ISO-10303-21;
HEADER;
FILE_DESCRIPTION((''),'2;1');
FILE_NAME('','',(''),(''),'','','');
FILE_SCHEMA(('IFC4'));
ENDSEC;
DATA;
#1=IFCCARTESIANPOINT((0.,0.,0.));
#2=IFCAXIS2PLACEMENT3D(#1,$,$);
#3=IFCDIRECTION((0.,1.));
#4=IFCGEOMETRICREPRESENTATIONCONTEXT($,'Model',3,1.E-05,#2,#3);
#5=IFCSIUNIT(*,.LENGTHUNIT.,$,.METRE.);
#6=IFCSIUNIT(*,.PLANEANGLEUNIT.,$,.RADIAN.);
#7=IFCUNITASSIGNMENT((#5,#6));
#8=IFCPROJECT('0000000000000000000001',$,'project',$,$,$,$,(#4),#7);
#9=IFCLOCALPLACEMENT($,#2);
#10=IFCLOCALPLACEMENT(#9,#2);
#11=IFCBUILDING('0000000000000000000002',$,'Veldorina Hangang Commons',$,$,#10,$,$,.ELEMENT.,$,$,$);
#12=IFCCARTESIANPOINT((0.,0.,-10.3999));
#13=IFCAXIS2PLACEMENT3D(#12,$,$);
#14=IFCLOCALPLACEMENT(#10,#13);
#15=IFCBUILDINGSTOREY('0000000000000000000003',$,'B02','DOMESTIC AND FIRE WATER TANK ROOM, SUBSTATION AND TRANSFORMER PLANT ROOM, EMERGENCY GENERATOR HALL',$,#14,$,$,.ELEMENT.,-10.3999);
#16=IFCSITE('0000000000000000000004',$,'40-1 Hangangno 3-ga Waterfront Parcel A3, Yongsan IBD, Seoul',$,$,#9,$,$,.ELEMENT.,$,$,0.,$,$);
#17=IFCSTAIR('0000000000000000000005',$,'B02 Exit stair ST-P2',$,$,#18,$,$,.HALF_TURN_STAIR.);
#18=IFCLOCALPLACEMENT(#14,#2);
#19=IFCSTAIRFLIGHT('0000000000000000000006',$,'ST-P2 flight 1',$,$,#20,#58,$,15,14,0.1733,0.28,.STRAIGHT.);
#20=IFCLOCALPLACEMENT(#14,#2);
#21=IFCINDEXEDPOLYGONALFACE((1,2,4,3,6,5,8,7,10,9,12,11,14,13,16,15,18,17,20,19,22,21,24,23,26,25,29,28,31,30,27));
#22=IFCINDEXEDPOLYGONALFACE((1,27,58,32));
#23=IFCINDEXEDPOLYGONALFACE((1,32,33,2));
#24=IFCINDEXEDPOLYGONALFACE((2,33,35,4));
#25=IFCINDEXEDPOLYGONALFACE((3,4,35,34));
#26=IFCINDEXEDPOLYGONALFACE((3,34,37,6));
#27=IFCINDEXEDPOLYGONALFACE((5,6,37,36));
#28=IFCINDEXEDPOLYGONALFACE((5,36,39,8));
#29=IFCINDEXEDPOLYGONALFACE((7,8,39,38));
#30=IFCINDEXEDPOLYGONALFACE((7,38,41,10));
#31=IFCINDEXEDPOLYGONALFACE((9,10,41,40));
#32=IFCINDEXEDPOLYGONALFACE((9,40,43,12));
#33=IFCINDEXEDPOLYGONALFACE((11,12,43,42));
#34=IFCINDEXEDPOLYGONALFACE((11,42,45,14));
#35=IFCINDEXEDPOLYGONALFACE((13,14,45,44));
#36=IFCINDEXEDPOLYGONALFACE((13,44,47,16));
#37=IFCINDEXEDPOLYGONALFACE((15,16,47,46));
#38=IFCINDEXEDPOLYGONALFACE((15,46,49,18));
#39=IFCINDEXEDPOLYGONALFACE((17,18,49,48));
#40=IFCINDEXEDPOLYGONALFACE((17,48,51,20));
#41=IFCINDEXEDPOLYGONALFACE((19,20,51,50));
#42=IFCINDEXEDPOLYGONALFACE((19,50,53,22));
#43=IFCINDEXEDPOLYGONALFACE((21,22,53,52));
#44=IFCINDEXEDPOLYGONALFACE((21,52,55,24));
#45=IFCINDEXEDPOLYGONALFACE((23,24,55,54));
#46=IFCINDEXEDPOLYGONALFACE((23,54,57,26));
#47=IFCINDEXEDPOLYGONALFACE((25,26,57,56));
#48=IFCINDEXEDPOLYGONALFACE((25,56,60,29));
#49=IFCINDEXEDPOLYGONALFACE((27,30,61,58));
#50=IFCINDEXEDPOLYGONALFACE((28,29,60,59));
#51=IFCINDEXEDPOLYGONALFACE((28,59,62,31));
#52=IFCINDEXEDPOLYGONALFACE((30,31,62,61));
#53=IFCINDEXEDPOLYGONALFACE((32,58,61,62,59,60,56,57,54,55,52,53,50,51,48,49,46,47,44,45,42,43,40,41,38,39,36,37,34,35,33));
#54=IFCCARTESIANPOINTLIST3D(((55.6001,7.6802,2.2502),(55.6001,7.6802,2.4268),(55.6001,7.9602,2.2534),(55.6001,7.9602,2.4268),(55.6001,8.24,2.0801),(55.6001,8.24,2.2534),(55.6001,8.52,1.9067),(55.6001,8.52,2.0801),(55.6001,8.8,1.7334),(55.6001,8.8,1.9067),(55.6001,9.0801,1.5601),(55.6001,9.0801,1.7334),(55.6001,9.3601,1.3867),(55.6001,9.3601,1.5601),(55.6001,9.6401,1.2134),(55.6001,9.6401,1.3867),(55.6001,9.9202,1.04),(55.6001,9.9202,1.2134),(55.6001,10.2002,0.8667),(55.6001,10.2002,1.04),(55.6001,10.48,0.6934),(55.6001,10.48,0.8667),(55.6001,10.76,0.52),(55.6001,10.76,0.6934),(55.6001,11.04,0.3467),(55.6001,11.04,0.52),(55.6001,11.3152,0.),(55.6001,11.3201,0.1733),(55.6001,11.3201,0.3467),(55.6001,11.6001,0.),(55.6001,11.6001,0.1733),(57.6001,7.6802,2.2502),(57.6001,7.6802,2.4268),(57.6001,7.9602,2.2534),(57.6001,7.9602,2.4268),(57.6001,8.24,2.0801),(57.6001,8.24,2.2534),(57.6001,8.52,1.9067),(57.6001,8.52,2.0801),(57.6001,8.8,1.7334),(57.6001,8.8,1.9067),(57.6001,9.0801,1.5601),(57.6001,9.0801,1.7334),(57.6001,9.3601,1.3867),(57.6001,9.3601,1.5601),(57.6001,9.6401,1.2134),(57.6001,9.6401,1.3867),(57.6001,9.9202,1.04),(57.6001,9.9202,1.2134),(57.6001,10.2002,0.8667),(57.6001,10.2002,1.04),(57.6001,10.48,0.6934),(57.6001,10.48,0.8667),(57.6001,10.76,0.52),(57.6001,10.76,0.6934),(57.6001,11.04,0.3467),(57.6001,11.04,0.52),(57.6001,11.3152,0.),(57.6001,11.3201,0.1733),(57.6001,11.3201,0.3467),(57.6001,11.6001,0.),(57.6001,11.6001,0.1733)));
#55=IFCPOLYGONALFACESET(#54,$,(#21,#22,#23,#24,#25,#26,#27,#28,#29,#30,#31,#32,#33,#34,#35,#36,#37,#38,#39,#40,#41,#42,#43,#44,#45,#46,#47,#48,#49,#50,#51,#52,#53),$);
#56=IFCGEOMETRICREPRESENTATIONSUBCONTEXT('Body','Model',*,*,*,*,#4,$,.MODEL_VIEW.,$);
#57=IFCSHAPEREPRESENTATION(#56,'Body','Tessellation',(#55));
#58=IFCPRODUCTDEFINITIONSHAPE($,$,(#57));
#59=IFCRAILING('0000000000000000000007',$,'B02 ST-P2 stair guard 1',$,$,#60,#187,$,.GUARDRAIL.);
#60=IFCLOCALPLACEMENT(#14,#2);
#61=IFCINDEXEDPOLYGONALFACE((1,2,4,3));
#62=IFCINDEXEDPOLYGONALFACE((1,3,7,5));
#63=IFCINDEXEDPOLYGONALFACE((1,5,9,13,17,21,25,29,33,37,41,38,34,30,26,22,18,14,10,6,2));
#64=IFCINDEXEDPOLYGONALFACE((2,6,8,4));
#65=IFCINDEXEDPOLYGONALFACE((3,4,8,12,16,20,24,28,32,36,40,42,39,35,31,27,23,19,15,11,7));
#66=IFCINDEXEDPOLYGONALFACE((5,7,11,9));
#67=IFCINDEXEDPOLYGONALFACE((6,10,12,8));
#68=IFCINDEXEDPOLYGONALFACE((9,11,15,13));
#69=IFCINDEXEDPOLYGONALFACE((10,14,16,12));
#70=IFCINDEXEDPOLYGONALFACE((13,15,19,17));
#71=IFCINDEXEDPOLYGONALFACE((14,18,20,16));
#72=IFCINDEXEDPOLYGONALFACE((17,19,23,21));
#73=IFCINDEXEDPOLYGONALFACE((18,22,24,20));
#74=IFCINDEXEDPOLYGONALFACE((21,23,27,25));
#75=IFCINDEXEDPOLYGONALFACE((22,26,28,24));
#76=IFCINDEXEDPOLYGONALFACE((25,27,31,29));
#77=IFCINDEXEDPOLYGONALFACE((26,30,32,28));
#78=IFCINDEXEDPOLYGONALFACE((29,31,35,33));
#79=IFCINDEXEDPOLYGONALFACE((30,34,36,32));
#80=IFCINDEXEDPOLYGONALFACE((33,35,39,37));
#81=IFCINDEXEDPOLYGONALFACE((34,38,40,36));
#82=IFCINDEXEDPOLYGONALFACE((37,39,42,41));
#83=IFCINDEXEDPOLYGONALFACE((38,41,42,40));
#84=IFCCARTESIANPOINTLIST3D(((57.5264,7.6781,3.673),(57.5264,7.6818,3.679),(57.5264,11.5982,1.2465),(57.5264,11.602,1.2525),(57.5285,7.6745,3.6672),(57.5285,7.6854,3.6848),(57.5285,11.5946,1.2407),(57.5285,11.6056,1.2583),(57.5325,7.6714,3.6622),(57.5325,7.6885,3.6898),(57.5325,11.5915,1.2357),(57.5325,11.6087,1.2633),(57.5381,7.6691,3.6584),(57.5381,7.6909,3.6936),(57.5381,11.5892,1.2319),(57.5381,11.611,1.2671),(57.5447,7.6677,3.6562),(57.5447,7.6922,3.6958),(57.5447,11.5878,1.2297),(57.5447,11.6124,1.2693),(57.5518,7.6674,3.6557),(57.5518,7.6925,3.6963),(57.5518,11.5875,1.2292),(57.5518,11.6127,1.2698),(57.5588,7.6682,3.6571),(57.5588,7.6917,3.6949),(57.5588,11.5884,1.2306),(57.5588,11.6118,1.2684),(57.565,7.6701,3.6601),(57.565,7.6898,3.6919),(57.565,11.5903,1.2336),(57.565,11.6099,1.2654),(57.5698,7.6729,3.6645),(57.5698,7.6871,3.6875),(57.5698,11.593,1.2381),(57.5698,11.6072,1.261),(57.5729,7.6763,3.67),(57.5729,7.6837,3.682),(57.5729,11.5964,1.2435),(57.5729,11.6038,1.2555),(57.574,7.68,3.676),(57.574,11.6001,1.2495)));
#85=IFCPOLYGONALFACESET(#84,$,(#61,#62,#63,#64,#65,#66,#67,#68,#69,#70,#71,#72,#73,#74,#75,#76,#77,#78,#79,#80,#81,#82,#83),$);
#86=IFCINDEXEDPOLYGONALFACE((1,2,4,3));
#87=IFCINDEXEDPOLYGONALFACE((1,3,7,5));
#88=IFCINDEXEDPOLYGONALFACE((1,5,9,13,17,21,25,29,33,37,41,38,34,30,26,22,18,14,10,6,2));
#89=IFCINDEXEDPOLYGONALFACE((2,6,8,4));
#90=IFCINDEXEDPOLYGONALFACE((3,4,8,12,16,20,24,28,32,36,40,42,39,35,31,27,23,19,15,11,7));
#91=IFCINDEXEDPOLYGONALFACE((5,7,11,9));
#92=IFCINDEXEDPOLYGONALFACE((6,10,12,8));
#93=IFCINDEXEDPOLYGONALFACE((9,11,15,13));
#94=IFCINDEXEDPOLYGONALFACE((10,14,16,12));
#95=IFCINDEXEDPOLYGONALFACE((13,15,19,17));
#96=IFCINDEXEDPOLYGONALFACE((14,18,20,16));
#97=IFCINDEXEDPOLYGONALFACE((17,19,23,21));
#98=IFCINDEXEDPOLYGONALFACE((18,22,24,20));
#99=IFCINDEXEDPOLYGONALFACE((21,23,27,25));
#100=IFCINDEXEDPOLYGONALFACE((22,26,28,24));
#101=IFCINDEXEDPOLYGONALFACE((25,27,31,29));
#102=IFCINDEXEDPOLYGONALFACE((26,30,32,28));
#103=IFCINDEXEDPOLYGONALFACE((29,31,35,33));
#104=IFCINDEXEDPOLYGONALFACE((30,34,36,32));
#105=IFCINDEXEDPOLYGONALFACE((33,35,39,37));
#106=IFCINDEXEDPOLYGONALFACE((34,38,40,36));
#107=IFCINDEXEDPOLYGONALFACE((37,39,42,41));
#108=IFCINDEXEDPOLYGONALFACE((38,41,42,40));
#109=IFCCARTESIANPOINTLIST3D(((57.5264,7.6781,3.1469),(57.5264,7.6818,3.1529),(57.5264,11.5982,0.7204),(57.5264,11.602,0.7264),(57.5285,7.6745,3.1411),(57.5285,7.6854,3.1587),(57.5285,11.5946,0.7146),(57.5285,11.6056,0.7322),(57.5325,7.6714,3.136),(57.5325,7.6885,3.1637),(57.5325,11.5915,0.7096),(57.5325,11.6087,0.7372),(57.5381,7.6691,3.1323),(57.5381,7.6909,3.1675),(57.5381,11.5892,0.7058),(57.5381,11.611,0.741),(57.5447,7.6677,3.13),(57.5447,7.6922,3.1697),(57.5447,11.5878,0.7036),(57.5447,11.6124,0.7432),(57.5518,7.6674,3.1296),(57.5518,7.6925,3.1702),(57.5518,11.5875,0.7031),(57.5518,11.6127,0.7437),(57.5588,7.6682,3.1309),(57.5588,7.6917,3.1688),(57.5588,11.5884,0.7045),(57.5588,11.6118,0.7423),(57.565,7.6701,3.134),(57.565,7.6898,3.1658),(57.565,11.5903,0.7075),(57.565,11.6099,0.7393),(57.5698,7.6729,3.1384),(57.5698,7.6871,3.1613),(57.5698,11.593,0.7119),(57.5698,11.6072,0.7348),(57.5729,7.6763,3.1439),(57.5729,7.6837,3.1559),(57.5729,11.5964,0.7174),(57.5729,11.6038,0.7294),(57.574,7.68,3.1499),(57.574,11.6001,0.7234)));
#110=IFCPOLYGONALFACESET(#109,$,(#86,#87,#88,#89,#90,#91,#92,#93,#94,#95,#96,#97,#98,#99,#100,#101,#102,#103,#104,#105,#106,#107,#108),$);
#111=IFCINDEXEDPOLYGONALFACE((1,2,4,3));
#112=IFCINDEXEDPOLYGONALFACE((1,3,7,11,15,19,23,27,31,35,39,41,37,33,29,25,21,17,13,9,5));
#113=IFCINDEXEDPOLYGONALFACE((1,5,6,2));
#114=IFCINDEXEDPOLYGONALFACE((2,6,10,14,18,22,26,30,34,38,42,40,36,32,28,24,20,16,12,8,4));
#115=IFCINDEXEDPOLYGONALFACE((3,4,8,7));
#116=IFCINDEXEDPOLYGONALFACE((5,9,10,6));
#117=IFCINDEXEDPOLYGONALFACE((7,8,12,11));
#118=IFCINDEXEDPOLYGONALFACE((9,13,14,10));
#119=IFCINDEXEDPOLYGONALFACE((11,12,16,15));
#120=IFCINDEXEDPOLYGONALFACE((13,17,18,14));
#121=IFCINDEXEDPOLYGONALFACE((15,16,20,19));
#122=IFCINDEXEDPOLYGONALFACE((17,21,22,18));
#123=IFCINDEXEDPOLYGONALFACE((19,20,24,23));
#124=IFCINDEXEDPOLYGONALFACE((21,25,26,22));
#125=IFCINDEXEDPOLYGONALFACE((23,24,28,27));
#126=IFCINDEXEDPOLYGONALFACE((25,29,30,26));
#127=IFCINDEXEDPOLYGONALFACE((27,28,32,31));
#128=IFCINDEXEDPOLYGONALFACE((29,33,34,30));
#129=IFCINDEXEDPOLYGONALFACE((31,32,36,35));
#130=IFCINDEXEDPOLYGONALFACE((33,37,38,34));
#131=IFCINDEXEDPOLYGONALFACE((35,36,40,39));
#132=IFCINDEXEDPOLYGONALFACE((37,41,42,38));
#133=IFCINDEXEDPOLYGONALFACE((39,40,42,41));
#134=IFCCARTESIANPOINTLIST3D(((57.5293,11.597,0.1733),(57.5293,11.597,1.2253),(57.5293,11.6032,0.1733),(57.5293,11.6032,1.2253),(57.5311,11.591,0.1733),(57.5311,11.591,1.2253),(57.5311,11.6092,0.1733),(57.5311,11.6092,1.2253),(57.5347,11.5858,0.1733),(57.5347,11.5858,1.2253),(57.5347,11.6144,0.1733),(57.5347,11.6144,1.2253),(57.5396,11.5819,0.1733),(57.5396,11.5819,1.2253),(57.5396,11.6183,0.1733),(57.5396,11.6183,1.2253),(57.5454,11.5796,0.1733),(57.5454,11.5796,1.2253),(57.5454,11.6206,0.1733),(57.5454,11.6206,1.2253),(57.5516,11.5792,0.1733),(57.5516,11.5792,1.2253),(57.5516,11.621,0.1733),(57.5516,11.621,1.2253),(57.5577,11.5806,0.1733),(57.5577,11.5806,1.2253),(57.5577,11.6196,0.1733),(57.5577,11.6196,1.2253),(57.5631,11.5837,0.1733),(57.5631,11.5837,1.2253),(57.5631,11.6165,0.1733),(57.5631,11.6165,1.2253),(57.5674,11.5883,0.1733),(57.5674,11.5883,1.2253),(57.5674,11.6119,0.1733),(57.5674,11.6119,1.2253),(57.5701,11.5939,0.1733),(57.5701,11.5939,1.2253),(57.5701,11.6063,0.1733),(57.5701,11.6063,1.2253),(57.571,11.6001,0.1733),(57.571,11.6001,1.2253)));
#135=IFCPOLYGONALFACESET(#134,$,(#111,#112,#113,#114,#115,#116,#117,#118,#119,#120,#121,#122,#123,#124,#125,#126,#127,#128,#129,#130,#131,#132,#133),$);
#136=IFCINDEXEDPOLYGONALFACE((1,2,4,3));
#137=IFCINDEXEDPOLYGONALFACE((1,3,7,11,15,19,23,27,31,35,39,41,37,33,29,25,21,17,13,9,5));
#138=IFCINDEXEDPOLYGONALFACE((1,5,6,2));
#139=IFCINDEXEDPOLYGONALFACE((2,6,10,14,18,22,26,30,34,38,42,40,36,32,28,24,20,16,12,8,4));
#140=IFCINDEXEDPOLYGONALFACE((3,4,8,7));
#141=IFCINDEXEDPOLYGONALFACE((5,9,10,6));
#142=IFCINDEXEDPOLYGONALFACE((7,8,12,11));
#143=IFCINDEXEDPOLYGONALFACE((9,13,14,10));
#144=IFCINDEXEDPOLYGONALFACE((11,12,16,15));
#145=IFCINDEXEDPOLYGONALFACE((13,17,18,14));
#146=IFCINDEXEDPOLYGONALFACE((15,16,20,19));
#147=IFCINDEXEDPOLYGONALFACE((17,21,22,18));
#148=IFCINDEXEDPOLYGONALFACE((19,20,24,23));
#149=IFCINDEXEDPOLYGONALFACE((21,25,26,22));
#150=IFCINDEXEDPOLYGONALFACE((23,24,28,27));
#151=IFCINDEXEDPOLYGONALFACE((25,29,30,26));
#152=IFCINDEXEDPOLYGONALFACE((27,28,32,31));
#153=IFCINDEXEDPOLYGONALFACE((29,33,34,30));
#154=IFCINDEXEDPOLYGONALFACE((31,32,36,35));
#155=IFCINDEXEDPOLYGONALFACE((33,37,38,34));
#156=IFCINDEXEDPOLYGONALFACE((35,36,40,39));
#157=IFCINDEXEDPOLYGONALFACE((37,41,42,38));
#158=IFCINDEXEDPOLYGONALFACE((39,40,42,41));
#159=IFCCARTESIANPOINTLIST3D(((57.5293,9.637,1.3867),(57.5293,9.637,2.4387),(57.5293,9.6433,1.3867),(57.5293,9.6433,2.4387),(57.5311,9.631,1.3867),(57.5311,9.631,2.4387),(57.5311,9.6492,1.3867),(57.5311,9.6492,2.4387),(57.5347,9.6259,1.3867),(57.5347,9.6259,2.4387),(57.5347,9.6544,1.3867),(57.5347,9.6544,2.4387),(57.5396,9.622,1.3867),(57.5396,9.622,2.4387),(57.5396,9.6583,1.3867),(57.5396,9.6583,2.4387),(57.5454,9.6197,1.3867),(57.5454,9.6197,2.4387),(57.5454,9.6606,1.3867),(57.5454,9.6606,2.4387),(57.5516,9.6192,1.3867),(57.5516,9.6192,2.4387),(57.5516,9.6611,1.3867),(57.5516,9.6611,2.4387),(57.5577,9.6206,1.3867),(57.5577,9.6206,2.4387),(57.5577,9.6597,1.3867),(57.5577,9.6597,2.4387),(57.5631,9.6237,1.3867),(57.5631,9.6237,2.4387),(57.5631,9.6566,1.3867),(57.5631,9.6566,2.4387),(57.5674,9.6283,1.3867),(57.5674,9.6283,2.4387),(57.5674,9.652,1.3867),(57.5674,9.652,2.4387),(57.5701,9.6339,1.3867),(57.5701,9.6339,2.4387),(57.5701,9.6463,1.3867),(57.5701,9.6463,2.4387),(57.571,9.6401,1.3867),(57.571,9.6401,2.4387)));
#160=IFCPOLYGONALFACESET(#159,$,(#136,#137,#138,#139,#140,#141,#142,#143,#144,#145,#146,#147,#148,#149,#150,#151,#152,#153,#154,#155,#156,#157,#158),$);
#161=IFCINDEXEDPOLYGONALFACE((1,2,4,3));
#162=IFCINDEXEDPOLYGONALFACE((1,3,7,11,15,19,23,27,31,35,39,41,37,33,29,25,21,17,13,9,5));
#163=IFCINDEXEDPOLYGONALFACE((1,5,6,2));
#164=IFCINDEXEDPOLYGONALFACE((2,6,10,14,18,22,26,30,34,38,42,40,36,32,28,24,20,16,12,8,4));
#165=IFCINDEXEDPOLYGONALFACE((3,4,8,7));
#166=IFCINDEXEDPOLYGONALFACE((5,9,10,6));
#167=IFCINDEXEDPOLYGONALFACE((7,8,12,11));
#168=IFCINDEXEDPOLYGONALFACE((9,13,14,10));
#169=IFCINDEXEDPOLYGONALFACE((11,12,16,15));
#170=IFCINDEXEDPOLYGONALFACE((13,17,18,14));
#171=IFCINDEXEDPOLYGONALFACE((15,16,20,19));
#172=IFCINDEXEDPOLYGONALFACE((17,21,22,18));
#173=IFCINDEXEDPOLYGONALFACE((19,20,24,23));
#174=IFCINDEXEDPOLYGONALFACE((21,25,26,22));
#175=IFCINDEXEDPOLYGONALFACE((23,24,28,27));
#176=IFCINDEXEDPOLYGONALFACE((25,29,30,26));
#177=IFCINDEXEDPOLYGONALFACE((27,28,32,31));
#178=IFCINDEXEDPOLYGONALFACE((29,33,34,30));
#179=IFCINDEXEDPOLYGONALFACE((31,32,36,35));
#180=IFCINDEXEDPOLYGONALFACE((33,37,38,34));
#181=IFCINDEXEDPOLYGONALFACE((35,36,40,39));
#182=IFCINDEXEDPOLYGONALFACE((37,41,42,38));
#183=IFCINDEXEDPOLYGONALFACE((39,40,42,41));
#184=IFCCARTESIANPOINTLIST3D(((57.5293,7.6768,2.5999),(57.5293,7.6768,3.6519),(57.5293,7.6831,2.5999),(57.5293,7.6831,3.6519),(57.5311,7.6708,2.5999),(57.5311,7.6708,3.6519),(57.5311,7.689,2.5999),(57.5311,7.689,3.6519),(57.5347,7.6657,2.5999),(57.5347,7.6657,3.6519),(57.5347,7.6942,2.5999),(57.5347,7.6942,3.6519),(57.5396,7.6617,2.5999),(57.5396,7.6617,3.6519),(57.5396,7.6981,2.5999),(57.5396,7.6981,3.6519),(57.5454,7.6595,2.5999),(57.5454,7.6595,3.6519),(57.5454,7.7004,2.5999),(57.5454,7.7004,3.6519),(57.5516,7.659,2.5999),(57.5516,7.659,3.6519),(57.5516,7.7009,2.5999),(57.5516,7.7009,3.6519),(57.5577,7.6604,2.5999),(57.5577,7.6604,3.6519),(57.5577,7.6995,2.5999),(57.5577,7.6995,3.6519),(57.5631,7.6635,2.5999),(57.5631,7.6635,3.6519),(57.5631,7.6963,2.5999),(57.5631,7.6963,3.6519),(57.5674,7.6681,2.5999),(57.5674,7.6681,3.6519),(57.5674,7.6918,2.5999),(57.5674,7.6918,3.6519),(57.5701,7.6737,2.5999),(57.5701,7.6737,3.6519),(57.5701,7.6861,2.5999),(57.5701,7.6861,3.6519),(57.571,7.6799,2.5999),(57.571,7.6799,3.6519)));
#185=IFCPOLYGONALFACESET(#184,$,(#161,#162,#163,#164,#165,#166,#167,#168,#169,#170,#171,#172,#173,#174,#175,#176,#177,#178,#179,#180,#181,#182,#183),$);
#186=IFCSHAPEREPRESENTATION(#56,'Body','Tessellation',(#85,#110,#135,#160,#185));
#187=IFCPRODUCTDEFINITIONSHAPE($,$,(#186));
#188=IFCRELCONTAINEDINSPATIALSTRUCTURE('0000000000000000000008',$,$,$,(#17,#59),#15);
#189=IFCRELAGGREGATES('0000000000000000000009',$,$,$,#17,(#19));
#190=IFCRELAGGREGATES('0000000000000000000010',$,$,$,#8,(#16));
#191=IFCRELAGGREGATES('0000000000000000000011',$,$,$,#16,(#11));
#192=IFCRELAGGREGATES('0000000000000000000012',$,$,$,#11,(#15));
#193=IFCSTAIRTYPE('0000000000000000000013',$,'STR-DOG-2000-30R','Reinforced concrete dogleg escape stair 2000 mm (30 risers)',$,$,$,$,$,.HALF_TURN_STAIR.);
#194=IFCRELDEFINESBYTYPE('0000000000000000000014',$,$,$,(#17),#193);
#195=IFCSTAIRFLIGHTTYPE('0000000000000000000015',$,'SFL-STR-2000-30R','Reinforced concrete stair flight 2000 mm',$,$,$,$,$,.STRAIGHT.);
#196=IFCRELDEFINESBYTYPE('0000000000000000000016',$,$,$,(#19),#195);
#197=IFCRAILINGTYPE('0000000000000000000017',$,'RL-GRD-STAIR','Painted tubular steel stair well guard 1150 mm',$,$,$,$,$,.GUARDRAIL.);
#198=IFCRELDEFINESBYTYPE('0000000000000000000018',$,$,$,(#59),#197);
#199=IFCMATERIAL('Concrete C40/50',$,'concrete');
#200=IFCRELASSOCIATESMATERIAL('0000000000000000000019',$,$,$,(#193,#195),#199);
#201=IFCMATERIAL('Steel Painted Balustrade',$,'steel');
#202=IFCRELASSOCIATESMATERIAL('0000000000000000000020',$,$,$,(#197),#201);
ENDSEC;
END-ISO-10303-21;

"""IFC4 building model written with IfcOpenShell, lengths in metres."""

from ifc_helpers import new_model, si_unit, direction, frame, origin, origin_2d, place, context, subcontext, project, spatial, polyline, circle, outline, extrude, material, type_object, element, aggregate, save


model = new_model("IFC4")

# Units and contexts
model_context = context("Model", 3, precision=1e-05, world=origin(), true_north=direction((0.0, 1.0)))
body_context = subcontext(model_context, "Body", "Model", "MODEL_VIEW")
ifc_project = project(units=[si_unit("LENGTHUNIT", "METRE"), si_unit("PLANEANGLEUNIT", "RADIAN")], contexts=[model_context])

# Site, building, storey
site_placement = place(None, origin())
site = spatial("IfcSite", under=ifc_project, at=site_placement, Name="40-1 Hangangno 3-ga Waterfront Parcel A3, Yongsan IBD, Seoul", CompositionType="ELEMENT", RefElevation=0.0)
building_placement = place(site_placement, origin())
building = spatial("IfcBuilding", under=site, at=building_placement, Name="Veldorina Hangang Commons", CompositionType="ELEMENT")
storey_placement = place(building_placement, frame((0.0, 0.0, -10.3999)))
storey = spatial("IfcBuildingStorey", under=building, at=storey_placement, Name="B02", Description="DOMESTIC AND FIRE WATER TANK ROOM, SUBSTATION AND TRANSFORMER PLANT ROOM, EMERGENCY GENERATOR HALL", CompositionType="ELEMENT", Elevation=-10.3999)

# Stair, stair flight
ifc_material_1 = material(Name="Concrete C40/50", Category="concrete")
stair_type = type_object("IfcStairType", Name="STR-DOG-2000-30R", Description="Reinforced concrete dogleg escape stair 2000 mm (30 risers)", PredefinedType="HALF_TURN_STAIR", material=ifc_material_1)
stair_placement = place(storey_placement, origin())
stair = element("IfcStair", 1, at=stair_placement, inside=storey, type_object=stair_type, Name="B02 Exit stair ST-P2", PredefinedType="HALF_TURN_STAIR")
stair_flight_type = type_object("IfcStairFlightType", Name="SFL-STR-2000-30R", Description="Reinforced concrete stair flight 2000 mm", PredefinedType="STRAIGHT", material=ifc_material_1)
stair_flight_placement = place(storey_placement, frame((56.6001, 11.6001, 0.0), z_axis=(0.0, 0.0, 1.0), x_axis=(0.0, -1.0, 0.0)))
stair_flight = element("IfcStairFlight", 2, at=stair_flight_placement, type_object=stair_flight_type, Name="ST-P2 flight 1", NumberOfRisers=15, NumberOfTreads=14, PredefinedType="STRAIGHT", RiserHeight=0.1733, TreadLength=0.28, context=body_context, shape_type="SweptSolid", body=[
    extrude(outline(polyline([(0.0, 0.0), (0.0, 0.1733), (0.28, 0.1733), (0.28, 0.3467), (0.5601, 0.3467), (0.5601, 0.52), (0.8401, 0.52), (0.8401, 0.6934), (1.1201, 0.6934), (1.1201, 0.8667), (1.3999, 0.8667), (1.3999, 1.04), (1.6799, 1.04), (1.6799, 1.2134), (1.96, 1.2134), (1.96, 1.3867), (2.24, 1.3867), (2.24, 1.5601), (2.52, 1.5601), (2.52, 1.7334), (2.8, 1.7334), (2.8, 1.9067), (3.0801, 1.9067), (3.0801, 2.0801), (3.3601, 2.0801), (3.3601, 2.2534), (3.6399, 2.2534), (3.6399, 2.4268), (3.9199, 2.4268), (3.9199, 2.6001), (3.9199, 2.2502), (0.2849, 0.0), (0.0, 0.0)])), frame((0.0, 1.0, 0.0), z_axis=(0.0, -1.0, 0.0), x_axis=(1.0, 0.0, 0.0)), (0.0, 0.0, 1.0), 2.0),
])
aggregate(stair, [stair_flight])

# Railing
ifc_material_2 = material(Name="Steel Painted Balustrade", Category="steel")
railing_type_1 = type_object("IfcRailingType", Name="RL-GRD-STAIR", Description="Painted tubular steel stair well guard 1150 mm", PredefinedType="GUARDRAIL", material=ifc_material_2)
railing_1_placement = place(storey_placement, frame((57.55, 11.6001, 0.1733)))
element("IfcRailing", 3, at=railing_1_placement, inside=storey, type_object=railing_type_1, Name="B02 ST-P2 stair guard 1", PredefinedType="GUARDRAIL", context=body_context, shape_type="SweptSolid", body=[
    extrude(circle(Radius=0.0239, at=origin_2d()), frame((0.0, 0.0, 1.0762), z_axis=(0.0, -0.85029, 0.526315), x_axis=(1.0, 0.0, 0.0)), (0.0, 0.0, 1.0), 4.6104),
    extrude(circle(Radius=0.0239, at=origin_2d()), frame((0.0, 0.0, 0.55), z_axis=(0.0, -0.85029, 0.526315), x_axis=(1.0, 0.0, 0.0)), (0.0, 0.0, 1.0), 4.6104),
    extrude(circle(Radius=0.021, at=origin_2d()), origin(), (0.0, 0.0, 1.0), 1.052),
    extrude(circle(Radius=0.021, at=origin_2d()), frame((0.0, -1.96, 1.2134)), (0.0, 0.0, 1.0), 1.052),
    extrude(circle(Radius=0.021, at=origin_2d()), frame((0.0, -3.9202, 2.4265)), (0.0, 0.0, 1.0), 1.052),
])

save(model, "model.ifc")
